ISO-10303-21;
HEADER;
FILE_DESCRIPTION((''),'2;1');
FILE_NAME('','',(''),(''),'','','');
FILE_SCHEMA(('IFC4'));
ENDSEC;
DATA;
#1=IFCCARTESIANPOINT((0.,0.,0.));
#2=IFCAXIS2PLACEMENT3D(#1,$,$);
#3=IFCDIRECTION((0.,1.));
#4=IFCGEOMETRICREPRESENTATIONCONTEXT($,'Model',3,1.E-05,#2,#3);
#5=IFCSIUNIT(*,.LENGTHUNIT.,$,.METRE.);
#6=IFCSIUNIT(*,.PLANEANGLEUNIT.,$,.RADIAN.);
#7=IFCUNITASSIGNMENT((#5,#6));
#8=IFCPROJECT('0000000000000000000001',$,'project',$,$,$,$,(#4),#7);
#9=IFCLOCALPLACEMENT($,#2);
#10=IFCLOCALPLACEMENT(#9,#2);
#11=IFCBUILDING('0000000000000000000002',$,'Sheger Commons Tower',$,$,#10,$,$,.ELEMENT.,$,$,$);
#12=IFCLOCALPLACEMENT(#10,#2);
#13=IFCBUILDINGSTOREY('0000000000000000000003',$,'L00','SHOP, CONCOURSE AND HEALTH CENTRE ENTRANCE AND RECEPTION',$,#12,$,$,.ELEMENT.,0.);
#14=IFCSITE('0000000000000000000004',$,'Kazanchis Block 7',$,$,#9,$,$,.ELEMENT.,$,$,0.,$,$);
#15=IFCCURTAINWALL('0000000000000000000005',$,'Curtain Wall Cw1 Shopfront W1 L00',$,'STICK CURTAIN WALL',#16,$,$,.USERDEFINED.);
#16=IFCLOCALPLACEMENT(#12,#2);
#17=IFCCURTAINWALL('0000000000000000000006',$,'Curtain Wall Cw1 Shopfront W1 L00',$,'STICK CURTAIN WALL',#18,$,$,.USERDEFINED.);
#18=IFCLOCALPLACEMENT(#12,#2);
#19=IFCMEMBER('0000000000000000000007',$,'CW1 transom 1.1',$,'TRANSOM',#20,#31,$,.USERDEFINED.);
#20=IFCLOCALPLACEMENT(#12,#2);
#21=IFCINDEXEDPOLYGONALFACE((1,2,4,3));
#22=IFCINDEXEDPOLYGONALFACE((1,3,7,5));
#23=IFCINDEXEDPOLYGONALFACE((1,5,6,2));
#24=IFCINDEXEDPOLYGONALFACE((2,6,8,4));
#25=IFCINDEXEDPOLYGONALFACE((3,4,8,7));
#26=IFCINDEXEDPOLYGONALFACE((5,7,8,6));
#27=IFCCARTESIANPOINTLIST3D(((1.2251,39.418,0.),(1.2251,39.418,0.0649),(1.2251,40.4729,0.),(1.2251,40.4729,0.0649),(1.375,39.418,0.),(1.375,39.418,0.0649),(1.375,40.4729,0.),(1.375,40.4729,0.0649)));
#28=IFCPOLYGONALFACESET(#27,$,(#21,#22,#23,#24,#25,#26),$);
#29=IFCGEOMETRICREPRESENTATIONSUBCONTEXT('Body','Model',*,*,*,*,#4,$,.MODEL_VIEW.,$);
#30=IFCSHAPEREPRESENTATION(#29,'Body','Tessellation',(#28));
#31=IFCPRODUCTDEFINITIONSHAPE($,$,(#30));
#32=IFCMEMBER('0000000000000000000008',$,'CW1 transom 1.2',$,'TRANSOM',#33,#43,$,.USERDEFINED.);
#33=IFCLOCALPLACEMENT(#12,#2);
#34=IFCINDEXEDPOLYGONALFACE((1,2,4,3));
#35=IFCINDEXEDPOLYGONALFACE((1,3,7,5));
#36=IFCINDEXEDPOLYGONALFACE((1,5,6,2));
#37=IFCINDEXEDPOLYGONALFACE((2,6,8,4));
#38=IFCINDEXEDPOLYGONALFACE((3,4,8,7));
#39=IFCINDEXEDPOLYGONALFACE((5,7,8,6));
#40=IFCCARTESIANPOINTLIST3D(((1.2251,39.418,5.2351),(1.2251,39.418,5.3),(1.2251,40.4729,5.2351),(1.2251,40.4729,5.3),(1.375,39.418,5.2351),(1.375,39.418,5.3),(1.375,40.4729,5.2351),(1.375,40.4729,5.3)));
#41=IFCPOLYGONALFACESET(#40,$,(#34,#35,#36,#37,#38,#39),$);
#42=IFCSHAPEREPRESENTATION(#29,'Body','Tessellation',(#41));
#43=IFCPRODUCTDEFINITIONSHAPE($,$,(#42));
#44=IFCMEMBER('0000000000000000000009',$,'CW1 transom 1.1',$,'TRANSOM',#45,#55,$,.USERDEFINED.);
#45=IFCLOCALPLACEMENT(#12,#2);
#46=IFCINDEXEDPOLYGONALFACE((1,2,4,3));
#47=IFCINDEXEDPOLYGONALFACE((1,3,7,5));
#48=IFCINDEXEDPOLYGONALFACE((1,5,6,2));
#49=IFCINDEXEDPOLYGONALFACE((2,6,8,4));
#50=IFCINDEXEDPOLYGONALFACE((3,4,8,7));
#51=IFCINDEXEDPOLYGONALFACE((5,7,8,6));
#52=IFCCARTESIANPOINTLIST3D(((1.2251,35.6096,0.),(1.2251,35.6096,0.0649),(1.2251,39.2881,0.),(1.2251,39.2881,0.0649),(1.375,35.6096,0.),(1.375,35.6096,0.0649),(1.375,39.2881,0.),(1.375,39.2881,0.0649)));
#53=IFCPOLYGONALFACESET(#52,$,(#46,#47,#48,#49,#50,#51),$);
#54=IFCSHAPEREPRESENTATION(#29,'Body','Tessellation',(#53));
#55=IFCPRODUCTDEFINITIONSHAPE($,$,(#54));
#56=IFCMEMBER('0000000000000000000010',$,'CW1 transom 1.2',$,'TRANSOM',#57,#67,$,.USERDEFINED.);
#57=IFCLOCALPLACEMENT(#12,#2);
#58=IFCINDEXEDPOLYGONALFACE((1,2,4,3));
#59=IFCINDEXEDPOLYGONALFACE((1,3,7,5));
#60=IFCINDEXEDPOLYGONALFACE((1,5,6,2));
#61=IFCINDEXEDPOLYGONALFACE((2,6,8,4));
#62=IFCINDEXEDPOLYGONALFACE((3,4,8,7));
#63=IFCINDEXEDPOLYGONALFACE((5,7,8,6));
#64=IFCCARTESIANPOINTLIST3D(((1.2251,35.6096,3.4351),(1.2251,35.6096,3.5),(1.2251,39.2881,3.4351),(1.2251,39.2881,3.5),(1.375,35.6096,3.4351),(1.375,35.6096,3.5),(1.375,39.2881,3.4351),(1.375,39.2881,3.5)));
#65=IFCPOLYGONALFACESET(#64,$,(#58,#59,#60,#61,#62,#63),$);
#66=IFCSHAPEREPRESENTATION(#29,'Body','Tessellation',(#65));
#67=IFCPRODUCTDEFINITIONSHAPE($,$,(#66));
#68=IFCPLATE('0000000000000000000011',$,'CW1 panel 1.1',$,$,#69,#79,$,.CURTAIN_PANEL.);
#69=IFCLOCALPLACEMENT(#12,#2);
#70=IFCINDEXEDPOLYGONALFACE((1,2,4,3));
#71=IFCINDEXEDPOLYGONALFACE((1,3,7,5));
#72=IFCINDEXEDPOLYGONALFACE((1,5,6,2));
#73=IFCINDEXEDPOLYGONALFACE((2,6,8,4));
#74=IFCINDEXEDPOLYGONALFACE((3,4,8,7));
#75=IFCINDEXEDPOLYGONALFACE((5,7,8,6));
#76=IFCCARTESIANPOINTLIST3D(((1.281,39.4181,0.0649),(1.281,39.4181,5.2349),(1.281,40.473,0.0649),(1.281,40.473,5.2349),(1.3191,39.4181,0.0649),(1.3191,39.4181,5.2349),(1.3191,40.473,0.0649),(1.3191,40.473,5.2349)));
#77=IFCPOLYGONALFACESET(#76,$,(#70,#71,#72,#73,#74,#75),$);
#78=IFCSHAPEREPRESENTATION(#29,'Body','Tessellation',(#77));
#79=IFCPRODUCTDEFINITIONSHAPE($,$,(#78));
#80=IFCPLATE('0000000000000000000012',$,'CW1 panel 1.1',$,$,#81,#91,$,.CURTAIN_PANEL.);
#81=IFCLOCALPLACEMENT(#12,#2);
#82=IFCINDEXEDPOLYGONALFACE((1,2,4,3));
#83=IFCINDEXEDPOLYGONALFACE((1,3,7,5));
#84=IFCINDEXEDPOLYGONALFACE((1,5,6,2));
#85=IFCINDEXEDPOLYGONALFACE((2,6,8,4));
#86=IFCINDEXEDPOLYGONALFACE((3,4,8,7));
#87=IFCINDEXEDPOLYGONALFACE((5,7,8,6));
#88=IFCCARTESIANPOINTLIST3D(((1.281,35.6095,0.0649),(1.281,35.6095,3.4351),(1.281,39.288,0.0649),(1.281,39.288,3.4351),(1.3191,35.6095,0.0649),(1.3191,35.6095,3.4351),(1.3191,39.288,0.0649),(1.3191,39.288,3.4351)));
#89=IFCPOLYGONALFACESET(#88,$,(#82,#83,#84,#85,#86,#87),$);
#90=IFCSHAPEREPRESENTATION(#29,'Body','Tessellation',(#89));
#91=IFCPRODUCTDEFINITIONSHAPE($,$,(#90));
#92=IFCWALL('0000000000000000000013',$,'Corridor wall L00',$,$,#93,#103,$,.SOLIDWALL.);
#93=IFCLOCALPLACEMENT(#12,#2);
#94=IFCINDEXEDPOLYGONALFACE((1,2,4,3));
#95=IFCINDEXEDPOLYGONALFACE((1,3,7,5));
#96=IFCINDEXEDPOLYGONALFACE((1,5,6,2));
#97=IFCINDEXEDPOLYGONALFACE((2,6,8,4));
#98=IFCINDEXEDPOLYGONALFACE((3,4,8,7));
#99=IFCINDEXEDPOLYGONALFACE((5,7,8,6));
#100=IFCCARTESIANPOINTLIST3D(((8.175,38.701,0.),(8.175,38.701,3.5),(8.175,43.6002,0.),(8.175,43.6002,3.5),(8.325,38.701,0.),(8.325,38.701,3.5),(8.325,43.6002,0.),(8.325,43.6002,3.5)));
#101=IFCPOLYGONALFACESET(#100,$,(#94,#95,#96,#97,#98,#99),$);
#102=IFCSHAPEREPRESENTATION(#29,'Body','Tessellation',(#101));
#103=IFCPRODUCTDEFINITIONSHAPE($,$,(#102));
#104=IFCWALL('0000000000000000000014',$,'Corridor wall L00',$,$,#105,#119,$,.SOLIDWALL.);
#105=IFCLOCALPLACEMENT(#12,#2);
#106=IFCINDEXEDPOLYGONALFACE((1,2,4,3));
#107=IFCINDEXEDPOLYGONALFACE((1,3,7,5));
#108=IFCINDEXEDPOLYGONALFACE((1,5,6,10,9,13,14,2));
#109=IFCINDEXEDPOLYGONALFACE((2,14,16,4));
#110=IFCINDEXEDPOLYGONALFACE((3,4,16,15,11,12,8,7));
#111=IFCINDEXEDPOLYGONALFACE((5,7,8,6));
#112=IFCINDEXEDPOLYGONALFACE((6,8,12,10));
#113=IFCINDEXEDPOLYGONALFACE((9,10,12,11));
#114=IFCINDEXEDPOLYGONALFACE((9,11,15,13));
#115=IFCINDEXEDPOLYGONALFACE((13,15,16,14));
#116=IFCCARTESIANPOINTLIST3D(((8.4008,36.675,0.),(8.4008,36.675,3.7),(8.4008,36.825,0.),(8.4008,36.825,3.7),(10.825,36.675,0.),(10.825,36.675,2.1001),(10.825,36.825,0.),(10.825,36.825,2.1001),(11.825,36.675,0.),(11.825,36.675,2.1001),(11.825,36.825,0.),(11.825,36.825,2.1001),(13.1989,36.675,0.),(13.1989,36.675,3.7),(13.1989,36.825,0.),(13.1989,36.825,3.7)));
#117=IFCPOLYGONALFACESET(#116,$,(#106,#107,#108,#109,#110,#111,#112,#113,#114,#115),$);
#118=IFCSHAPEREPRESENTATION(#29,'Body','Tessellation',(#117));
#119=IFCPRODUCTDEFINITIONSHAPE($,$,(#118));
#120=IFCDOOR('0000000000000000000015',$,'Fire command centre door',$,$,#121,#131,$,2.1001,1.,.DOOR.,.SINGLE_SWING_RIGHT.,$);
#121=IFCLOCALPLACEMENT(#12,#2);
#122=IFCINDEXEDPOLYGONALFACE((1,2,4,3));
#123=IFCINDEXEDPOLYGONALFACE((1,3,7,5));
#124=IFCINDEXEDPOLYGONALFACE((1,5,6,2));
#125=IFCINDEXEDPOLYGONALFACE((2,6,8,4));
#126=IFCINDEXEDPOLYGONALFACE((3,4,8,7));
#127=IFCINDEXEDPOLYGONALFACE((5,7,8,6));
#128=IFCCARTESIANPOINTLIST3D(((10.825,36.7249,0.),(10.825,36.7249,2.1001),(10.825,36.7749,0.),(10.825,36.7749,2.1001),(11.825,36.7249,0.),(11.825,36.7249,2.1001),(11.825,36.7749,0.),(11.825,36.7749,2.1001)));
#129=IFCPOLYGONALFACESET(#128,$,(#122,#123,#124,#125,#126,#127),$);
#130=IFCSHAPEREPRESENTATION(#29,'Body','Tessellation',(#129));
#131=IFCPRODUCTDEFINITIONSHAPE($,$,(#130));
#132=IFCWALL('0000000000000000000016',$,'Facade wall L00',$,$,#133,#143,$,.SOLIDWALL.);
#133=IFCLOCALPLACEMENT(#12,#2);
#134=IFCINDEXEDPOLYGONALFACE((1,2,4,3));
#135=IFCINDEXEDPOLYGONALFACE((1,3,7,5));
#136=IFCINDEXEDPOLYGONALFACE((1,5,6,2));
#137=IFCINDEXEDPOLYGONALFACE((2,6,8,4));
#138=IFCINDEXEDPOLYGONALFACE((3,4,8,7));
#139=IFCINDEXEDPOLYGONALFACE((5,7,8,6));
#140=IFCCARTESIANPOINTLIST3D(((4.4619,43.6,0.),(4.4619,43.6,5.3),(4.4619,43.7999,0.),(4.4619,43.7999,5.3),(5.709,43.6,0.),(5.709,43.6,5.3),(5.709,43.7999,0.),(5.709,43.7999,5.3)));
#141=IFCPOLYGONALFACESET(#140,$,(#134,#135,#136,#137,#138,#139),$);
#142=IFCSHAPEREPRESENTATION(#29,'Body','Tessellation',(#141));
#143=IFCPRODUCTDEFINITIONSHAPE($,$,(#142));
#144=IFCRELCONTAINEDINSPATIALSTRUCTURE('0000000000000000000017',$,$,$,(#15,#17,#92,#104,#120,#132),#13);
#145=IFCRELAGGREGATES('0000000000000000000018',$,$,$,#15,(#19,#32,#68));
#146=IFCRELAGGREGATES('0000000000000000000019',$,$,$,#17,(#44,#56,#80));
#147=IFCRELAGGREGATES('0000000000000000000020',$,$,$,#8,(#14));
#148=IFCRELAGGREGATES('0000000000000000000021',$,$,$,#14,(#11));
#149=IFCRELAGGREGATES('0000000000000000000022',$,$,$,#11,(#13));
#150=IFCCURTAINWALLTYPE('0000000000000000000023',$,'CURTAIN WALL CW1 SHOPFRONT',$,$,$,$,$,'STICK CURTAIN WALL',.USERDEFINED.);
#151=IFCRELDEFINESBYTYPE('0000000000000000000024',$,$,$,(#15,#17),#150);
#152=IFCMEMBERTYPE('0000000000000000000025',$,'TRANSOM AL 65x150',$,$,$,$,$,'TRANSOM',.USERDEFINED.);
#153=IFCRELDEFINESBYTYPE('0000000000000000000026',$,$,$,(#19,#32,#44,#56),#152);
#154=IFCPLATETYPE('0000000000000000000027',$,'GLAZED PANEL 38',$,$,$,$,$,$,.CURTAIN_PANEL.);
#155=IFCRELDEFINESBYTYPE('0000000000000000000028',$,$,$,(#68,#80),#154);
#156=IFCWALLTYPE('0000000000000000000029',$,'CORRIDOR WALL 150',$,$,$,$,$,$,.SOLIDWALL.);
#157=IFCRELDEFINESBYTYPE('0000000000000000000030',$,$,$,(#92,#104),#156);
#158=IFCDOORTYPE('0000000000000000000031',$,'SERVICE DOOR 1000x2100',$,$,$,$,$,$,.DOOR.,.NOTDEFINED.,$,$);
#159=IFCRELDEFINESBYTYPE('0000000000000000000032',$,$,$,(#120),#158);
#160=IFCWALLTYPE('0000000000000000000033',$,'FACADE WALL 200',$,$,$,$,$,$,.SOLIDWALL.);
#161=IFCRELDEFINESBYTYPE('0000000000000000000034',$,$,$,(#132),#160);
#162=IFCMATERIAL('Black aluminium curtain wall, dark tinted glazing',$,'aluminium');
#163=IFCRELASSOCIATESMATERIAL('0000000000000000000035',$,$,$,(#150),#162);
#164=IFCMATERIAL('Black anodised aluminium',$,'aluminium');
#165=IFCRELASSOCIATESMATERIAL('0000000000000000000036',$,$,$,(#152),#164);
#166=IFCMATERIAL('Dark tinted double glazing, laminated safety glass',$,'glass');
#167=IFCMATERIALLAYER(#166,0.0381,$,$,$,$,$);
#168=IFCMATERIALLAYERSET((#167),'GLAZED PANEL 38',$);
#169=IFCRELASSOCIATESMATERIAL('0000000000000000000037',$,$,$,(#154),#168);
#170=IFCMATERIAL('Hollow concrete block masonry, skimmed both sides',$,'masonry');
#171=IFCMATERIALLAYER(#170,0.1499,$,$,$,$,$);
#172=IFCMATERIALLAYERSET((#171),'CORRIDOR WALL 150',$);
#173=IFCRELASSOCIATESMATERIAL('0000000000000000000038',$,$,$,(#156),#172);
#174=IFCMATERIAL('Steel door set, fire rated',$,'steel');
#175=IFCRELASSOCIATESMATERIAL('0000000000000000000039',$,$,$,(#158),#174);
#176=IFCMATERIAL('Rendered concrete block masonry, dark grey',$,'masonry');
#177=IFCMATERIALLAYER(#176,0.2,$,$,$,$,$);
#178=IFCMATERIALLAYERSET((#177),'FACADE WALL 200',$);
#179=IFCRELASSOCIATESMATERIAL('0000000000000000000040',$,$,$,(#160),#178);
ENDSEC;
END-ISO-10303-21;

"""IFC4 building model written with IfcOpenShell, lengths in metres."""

from ifc_helpers import new_model, si_unit, direction, frame, frame_2d, origin, origin_2d, place, context, subcontext, project, spatial, rectangle, extrude, material, layer, layer_set, material_profile, profile_set, type_object, element, fill, aggregate, save


model = new_model("IFC4")

# Units and contexts
model_context = context("Model", 3, precision=1e-05, world=origin(), true_north=direction((0.0, 1.0)))
body_context = subcontext(model_context, "Body", "Model", "MODEL_VIEW")
ifc_project = project(units=[si_unit("LENGTHUNIT", "METRE"), si_unit("PLANEANGLEUNIT", "RADIAN")], contexts=[model_context])

# Site, building, storey
site_placement = place(None, origin())
site = spatial("IfcSite", under=ifc_project, at=site_placement, Name="Kazanchis Block 7", CompositionType="ELEMENT", RefElevation=0.0)
building_placement = place(site_placement, origin())
building = spatial("IfcBuilding", under=site, at=building_placement, Name="Sheger Commons Tower", CompositionType="ELEMENT")
storey_placement = place(building_placement, origin())
storey = spatial("IfcBuildingStorey", under=building, at=storey_placement, Name="L00", Description="SHOP, CONCOURSE AND HEALTH CENTRE ENTRANCE AND RECEPTION", CompositionType="ELEMENT", Elevation=0.0)

# Curtain walls
ifc_material_1 = material(Name="Black aluminium curtain wall, dark tinted glazing", Category="aluminium")
curtain_wall_type = type_object("IfcCurtainWallType", Name="CURTAIN WALL CW1 SHOPFRONT", ElementType="STICK CURTAIN WALL", PredefinedType="USERDEFINED", material=ifc_material_1)
curtain_wall_1_placement = place(storey_placement, origin())
curtain_wall_1 = element("IfcCurtainWall", 1, at=curtain_wall_1_placement, inside=storey, type_object=curtain_wall_type, Name="Curtain Wall Cw1 Shopfront W1 L00", ObjectType="STICK CURTAIN WALL", PredefinedType="USERDEFINED")
curtain_wall_2_placement = place(storey_placement, origin())
curtain_wall_2 = element("IfcCurtainWall", 2, at=curtain_wall_2_placement, inside=storey, type_object=curtain_wall_type, Name="Curtain Wall Cw1 Shopfront W1 L00", ObjectType="STICK CURTAIN WALL", PredefinedType="USERDEFINED")

# Members
ifc_material_2 = material(Name="Black anodised aluminium", Category="aluminium")
ifc_material_profile_1 = material_profile(ifc_material_2, rectangle(XDim=0.1499, YDim=0.0649, at=origin_2d()), Name="AL 65x150")
ifc_profile_set_1 = profile_set([ifc_material_profile_1], Name="Black anodised aluminium")
member_type_1 = type_object("IfcMemberType", Name="TRANSOM AL 65x150", ElementType="TRANSOM", PredefinedType="USERDEFINED", material=ifc_profile_set_1)
member_1_placement = place(storey_placement, frame((1.3, 40.4729, 0.0325), z_axis=(0.0, -1.0, 0.0), x_axis=(1.0, 0.0, 0.0)))
member_1 = element("IfcMember", 3, at=member_1_placement, type_object=member_type_1, Name="CW1 transom 1.1", ObjectType="TRANSOM", PredefinedType="USERDEFINED", context=body_context, shape_type="SweptSolid", body=[
    extrude(rectangle(XDim=0.1499, YDim=0.0649, at=origin_2d()), origin(), (0.0, 0.0, 1.0), 1.0549),
])
member_2_placement = place(storey_placement, frame((1.3, 40.4729, 5.2676), z_axis=(0.0, -1.0, 0.0), x_axis=(1.0, 0.0, 0.0)))
member_2 = element("IfcMember", 4, at=member_2_placement, type_object=member_type_1, Name="CW1 transom 1.2", ObjectType="TRANSOM", PredefinedType="USERDEFINED", context=body_context, shape_type="SweptSolid", body=[
    extrude(rectangle(XDim=0.1499, YDim=0.0649, at=origin_2d()), origin(), (0.0, 0.0, 1.0), 1.0549),
])
member_3_placement = place(storey_placement, frame((1.3, 39.2881, 0.0325), z_axis=(0.0, -1.0, 0.0), x_axis=(1.0, 0.0, 0.0)))
member_3 = element("IfcMember", 5, at=member_3_placement, type_object=member_type_1, Name="CW1 transom 1.1", ObjectType="TRANSOM", PredefinedType="USERDEFINED", context=body_context, shape_type="SweptSolid", body=[
    extrude(rectangle(XDim=0.1499, YDim=0.0649, at=origin_2d()), origin(), (0.0, 0.0, 1.0), 3.6785),
])
member_4_placement = place(storey_placement, frame((1.3, 39.2881, 3.4675), z_axis=(0.0, -1.0, 0.0), x_axis=(1.0, 0.0, 0.0)))
member_4 = element("IfcMember", 6, at=member_4_placement, type_object=member_type_1, Name="CW1 transom 1.2", ObjectType="TRANSOM", PredefinedType="USERDEFINED", context=body_context, shape_type="SweptSolid", body=[
    extrude(rectangle(XDim=0.1499, YDim=0.0649, at=origin_2d()), origin(), (0.0, 0.0, 1.0), 3.6785),
])

# Plates
ifc_material_3 = material(Name="Dark tinted double glazing, laminated safety glass", Category="glass")
ifc_layer_1 = layer(ifc_material_3, 0.0381)
ifc_layer_set_1 = layer_set([ifc_layer_1], Name="GLAZED PANEL 38")
plate_type = type_object("IfcPlateType", Name="GLAZED PANEL 38", PredefinedType="CURTAIN_PANEL", material=ifc_layer_set_1)
plate_1_placement = place(storey_placement, frame((1.3, 39.9456, 0.0649), z_axis=(0.0, 0.0, 1.0), x_axis=(0.0, -1.0, 0.0)))
plate_1 = element("IfcPlate", 7, at=plate_1_placement, type_object=plate_type, Name="CW1 panel 1.1", PredefinedType="CURTAIN_PANEL", context=body_context, shape_type="SweptSolid", body=[
    extrude(rectangle(XDim=1.0549, YDim=0.0381, at=origin_2d()), origin(), (0.0, 0.0, 1.0), 5.1699),
])
aggregate(curtain_wall_1, [member_1, member_2, plate_1])
plate_2_placement = place(storey_placement, frame((1.3, 37.4487, 0.0649), z_axis=(0.0, 0.0, 1.0), x_axis=(0.0, -1.0, 0.0)))
plate_2 = element("IfcPlate", 8, at=plate_2_placement, type_object=plate_type, Name="CW1 panel 1.1", PredefinedType="CURTAIN_PANEL", context=body_context, shape_type="SweptSolid", body=[
    extrude(rectangle(XDim=3.6785, YDim=0.0381, at=origin_2d()), origin(), (0.0, 0.0, 1.0), 3.3701),
])
aggregate(curtain_wall_2, [member_3, member_4, plate_2])

# Wall
ifc_material_4 = material(Name="Hollow concrete block masonry, skimmed both sides", Category="masonry")
ifc_layer_2 = layer(ifc_material_4, 0.1499)
ifc_layer_set_2 = layer_set([ifc_layer_2], Name="CORRIDOR WALL 150")
wall_type_1 = type_object("IfcWallType", Name="CORRIDOR WALL 150", PredefinedType="SOLIDWALL", material=ifc_layer_set_2)
wall_1_placement = place(storey_placement, frame((8.25, 38.7009, 0.0), z_axis=(0.0, 0.0, 1.0), x_axis=(0.0, 1.0, 0.0)))
element("IfcWall", 9, at=wall_1_placement, inside=storey, type_object=wall_type_1, Name="Corridor wall L00", PredefinedType="SOLIDWALL", context=body_context, shape_type="SweptSolid", body=[
    extrude(rectangle(XDim=4.8992, YDim=0.1499, at=frame_2d((2.4497, 0.0))), origin(), (0.0, 0.0, 1.0), 3.5),
])

# Wall, opening, door
wall_2_placement = place(storey_placement, frame((8.4009, 36.75, 0.0), z_axis=(0.0, 0.0, 1.0), x_axis=(1.0, 0.0, 0.0)))
wall_2 = element("IfcWall", 10, at=wall_2_placement, inside=storey, type_object=wall_type_1, Name="Corridor wall L00", PredefinedType="SOLIDWALL", context=body_context, shape_type="SweptSolid", body=[
    extrude(rectangle(XDim=4.7981, YDim=0.1499, at=frame_2d((2.3989, 0.0))), origin(), (0.0, 0.0, 1.0), 3.7),
])
opening_1_placement = place(wall_2_placement, frame((2.4241, 0.0, 0.0)))
opening_1 = element("IfcOpeningElement", 11, at=opening_1_placement, cuts=wall_2, PredefinedType="OPENING", context=body_context, shape_type="SweptSolid", body=[
    extrude(rectangle(XDim=1.0, YDim=2.1001, at=frame_2d((0.5, 1.05))), frame((0.0, 0.085, 0.0), z_axis=(0.0, -1.0, 0.0), x_axis=(1.0, 0.0, 0.0)), (0.0, 0.0, 1.0), 0.1699),
])
ifc_material_5 = material(Name="Steel door set, fire rated", Category="steel")
door_type_1 = type_object("IfcDoorType", Name="SERVICE DOOR 1000x2100", OperationType="NOTDEFINED", PredefinedType="DOOR", material=ifc_material_5)
door_1_placement = place(opening_1_placement, origin())
door_1 = element("IfcDoor", 12, at=door_1_placement, inside=storey, type_object=door_type_1, Name="Fire command centre door", OperationType="SINGLE_SWING_RIGHT", OverallHeight=2.1001, OverallWidth=1.0, PredefinedType="DOOR", context=body_context, shape_type="SweptSolid", body=[
    extrude(rectangle(XDim=1.0, YDim=2.1001, at=frame_2d((0.5, 1.05))), frame((0.0, 0.0249, 0.0), z_axis=(0.0, -1.0, 0.0), x_axis=(1.0, 0.0, 0.0)), (0.0, 0.0, 1.0), 0.05),
])
fill(opening_1, door_1)
ifc_material_6 = material(Name="Rendered concrete block masonry, dark grey", Category="masonry")
ifc_layer_3 = layer(ifc_material_6, 0.2)
ifc_layer_set_3 = layer_set([ifc_layer_3], Name="FACADE WALL 200")
wall_type_2 = type_object("IfcWallType", Name="FACADE WALL 200", PredefinedType="SOLIDWALL", material=ifc_layer_set_3)

# Wall
wall_3_placement = place(storey_placement, frame((5.709, 43.7, 0.0), z_axis=(0.0, 0.0, 1.0), x_axis=(-1.0, 0.0, 0.0)))
element("IfcWall", 13, at=wall_3_placement, inside=storey, type_object=wall_type_2, Name="Facade wall L00", PredefinedType="SOLIDWALL", context=body_context, shape_type="SweptSolid", body=[
    extrude(rectangle(XDim=1.2471, YDim=0.2, at=frame_2d((0.6235, 0.0))), origin(), (0.0, 0.0, 1.0), 5.3),
])

save(model, "model.ifc")
